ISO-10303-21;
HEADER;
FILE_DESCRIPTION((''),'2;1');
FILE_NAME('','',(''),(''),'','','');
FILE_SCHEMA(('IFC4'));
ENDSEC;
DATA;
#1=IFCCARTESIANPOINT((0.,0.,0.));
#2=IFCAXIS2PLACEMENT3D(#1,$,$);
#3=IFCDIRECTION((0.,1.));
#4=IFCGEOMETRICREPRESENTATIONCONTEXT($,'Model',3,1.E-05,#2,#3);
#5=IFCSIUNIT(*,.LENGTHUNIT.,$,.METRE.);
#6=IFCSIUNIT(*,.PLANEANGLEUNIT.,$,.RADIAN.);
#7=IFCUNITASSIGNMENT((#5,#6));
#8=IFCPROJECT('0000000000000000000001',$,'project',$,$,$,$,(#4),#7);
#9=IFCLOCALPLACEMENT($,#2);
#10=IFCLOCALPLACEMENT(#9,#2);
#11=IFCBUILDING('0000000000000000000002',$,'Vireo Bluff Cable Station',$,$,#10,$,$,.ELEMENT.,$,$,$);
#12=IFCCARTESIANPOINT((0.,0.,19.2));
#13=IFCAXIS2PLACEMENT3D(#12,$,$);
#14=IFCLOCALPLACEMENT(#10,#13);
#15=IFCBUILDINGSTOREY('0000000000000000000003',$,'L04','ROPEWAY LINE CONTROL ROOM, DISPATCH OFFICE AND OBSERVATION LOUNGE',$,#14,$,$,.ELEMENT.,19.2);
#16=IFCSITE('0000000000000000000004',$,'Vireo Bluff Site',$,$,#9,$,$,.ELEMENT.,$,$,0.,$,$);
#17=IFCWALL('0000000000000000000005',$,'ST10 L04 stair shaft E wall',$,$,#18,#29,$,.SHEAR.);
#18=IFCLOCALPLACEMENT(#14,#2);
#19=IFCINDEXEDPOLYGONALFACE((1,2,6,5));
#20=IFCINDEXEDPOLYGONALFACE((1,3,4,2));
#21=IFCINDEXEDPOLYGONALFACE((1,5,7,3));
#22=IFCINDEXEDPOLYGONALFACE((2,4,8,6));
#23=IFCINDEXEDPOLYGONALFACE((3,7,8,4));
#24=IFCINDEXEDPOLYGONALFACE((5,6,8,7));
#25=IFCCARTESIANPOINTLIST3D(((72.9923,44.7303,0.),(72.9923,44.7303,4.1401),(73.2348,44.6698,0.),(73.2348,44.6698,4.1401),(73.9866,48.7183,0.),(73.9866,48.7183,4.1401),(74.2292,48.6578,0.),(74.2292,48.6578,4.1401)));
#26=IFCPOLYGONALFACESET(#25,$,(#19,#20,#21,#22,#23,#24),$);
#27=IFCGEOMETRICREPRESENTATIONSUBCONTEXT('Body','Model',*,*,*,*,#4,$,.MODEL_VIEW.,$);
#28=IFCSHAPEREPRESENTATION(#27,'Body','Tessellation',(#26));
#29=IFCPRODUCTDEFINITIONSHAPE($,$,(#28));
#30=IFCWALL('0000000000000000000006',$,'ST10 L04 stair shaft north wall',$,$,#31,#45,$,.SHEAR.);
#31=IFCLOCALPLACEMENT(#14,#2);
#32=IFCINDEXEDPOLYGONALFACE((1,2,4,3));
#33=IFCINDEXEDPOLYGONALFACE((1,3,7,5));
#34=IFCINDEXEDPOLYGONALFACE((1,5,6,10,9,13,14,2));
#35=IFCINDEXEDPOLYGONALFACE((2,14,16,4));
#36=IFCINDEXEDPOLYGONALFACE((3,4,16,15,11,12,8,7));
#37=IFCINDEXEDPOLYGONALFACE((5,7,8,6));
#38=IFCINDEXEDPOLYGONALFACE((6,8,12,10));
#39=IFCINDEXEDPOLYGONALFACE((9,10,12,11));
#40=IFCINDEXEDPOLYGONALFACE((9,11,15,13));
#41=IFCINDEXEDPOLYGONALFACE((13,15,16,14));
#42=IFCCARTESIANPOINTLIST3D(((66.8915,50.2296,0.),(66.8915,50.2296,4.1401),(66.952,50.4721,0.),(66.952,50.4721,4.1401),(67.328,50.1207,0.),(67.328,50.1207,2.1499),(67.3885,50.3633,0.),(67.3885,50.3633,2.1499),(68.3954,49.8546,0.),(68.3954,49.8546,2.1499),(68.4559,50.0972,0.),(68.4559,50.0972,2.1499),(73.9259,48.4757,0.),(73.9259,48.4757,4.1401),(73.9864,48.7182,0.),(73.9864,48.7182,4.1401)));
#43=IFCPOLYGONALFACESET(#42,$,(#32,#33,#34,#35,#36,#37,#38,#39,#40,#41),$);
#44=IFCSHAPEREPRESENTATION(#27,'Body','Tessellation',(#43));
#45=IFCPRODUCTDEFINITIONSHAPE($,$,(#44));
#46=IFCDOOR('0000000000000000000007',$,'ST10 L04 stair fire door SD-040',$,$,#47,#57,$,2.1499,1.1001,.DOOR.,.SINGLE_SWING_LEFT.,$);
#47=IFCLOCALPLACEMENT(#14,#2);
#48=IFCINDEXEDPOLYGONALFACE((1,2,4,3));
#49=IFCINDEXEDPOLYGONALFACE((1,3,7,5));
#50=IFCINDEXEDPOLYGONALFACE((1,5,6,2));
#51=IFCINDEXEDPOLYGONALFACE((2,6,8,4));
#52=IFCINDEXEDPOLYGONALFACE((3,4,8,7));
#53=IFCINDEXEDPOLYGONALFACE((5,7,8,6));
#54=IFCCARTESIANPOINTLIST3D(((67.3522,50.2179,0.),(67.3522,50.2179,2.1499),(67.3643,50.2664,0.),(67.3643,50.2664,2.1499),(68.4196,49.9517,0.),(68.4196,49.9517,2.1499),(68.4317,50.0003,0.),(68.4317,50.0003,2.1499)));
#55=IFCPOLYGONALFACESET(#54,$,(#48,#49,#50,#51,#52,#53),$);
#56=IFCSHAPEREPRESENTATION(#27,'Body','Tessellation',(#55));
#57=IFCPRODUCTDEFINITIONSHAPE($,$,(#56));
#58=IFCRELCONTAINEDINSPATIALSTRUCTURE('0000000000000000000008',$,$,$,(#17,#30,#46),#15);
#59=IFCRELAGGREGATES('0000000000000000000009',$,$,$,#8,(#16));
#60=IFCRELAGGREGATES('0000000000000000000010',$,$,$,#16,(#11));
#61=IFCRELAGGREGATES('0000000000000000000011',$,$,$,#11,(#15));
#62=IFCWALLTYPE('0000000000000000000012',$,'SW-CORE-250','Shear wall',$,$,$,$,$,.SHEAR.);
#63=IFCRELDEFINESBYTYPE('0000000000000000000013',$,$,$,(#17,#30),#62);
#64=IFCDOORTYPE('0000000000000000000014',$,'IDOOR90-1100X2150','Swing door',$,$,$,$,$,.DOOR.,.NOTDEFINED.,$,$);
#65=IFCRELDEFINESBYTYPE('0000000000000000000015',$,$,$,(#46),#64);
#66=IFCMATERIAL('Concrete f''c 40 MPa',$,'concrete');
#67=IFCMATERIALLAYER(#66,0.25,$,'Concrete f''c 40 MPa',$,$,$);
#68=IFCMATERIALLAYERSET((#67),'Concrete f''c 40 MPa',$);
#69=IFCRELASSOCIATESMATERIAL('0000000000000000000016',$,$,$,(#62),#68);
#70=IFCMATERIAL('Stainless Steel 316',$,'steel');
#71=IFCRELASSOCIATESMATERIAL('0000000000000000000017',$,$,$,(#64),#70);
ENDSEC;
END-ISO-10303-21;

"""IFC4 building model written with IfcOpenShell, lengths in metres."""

from ifc_helpers import new_model, si_unit, direction, frame, frame_2d, origin, origin_with_axes, place, context, subcontext, project, spatial, rectangle, extrude, material, layer, layer_set, type_object, element, fill, save


model = new_model("IFC4")

# Units and contexts
model_context = context("Model", 3, precision=1e-05, world=origin(), true_north=direction((0.0, 1.0)))
body_context = subcontext(model_context, "Body", "Model", "MODEL_VIEW")
ifc_project = project(units=[si_unit("LENGTHUNIT", "METRE"), si_unit("PLANEANGLEUNIT", "RADIAN")], contexts=[model_context])

# Site, building, storey
site_placement = place(None, origin())
site = spatial("IfcSite", under=ifc_project, at=site_placement, Name="Vireo Bluff Site", CompositionType="ELEMENT", RefElevation=0.0)
building_placement = place(site_placement, origin())
building = spatial("IfcBuilding", under=site, at=building_placement, Name="Vireo Bluff Cable Station", CompositionType="ELEMENT")
storey_placement = place(building_placement, frame((0.0, 0.0, 19.2)))
storey = spatial("IfcBuildingStorey", under=building, at=storey_placement, Name="L04", Description="ROPEWAY LINE CONTROL ROOM, DISPATCH OFFICE AND OBSERVATION LOUNGE", CompositionType="ELEMENT", Elevation=19.2)

# Wall
ifc_material_1 = material(Name="Concrete f'c 40 MPa", Category="concrete")
ifc_layer_1 = layer(ifc_material_1, 0.25, Name="Concrete f'c 40 MPa")
ifc_layer_set_1 = layer_set([ifc_layer_1], Name="Concrete f'c 40 MPa")
wall_type_1 = type_object("IfcWallType", Name="SW-CORE-250", Description="Shear wall", PredefinedType="SHEAR", material=ifc_layer_set_1)
wall_1_placement = place(storey_placement, frame((73.1135, 44.7, 0.0), z_axis=(0.0, 0.0, 1.0), x_axis=(0.241935, 0.970293, 0.0)))
element("IfcWall", 1, at=wall_1_placement, inside=storey, type_object=wall_type_1, Name="ST10 L04 stair shaft E wall", PredefinedType="SHEAR", context=body_context, shape_type="SweptSolid", body=[
    extrude(rectangle(XDim=4.1101, YDim=0.25, at=frame_2d((2.0552, 0.0))), origin(), (0.0, 0.0, 1.0), 4.1401),
])

# Wall, opening, door
wall_2_placement = place(storey_placement, frame((73.9563, 48.5969, 0.0), z_axis=(0.0, 0.0, 1.0), x_axis=(-0.970295, 0.241925, 0.0)))
wall_2 = element("IfcWall", 2, at=wall_2_placement, inside=storey, type_object=wall_type_1, Name="ST10 L04 stair shaft north wall", PredefinedType="SHEAR", context=body_context, shape_type="SweptSolid", body=[
    extrude(rectangle(XDim=7.2498, YDim=0.25, at=frame_2d((3.625, 0.0))), origin(), (0.0, 0.0, 1.0), 4.1401),
])
opening_1_placement = place(wall_2_placement, frame((5.7, 0.0, 0.0)))
opening_1 = element("IfcOpeningElement", 3, at=opening_1_placement, cuts=wall_2, PredefinedType="OPENING", context=body_context, shape_type="SweptSolid", body=[
    extrude(rectangle(XDim=1.1001, YDim=2.1499, at=frame_2d((0.55, 1.075))), frame((0.0, 0.135, 0.0), z_axis=(0.0, -1.0, 0.0), x_axis=(1.0, 0.0, 0.0)), (0.0, 0.0, 1.0), 0.27),
])
ifc_material_2 = material(Name="Stainless Steel 316", Category="steel")
door_type_1 = type_object("IfcDoorType", Name="IDOOR90-1100X2150", Description="Swing door", OperationType="NOTDEFINED", PredefinedType="DOOR", material=ifc_material_2)
door_1_placement = place(opening_1_placement, origin_with_axes())
door_1 = element("IfcDoor", 4, at=door_1_placement, inside=storey, type_object=door_type_1, Name="ST10 L04 stair fire door SD-040", OperationType="SINGLE_SWING_LEFT", OverallHeight=2.1499, OverallWidth=1.1001, PredefinedType="DOOR", context=body_context, shape_type="SweptSolid", body=[
    extrude(rectangle(XDim=1.1001, YDim=2.1499, at=frame_2d((0.55, 1.075))), frame((0.0, 0.0249, 0.0), z_axis=(0.0, -1.0, 0.0), x_axis=(1.0, 0.0, 0.0)), (0.0, 0.0, 1.0), 0.05),
])
fill(opening_1, door_1)

save(model, "model.ifc")
